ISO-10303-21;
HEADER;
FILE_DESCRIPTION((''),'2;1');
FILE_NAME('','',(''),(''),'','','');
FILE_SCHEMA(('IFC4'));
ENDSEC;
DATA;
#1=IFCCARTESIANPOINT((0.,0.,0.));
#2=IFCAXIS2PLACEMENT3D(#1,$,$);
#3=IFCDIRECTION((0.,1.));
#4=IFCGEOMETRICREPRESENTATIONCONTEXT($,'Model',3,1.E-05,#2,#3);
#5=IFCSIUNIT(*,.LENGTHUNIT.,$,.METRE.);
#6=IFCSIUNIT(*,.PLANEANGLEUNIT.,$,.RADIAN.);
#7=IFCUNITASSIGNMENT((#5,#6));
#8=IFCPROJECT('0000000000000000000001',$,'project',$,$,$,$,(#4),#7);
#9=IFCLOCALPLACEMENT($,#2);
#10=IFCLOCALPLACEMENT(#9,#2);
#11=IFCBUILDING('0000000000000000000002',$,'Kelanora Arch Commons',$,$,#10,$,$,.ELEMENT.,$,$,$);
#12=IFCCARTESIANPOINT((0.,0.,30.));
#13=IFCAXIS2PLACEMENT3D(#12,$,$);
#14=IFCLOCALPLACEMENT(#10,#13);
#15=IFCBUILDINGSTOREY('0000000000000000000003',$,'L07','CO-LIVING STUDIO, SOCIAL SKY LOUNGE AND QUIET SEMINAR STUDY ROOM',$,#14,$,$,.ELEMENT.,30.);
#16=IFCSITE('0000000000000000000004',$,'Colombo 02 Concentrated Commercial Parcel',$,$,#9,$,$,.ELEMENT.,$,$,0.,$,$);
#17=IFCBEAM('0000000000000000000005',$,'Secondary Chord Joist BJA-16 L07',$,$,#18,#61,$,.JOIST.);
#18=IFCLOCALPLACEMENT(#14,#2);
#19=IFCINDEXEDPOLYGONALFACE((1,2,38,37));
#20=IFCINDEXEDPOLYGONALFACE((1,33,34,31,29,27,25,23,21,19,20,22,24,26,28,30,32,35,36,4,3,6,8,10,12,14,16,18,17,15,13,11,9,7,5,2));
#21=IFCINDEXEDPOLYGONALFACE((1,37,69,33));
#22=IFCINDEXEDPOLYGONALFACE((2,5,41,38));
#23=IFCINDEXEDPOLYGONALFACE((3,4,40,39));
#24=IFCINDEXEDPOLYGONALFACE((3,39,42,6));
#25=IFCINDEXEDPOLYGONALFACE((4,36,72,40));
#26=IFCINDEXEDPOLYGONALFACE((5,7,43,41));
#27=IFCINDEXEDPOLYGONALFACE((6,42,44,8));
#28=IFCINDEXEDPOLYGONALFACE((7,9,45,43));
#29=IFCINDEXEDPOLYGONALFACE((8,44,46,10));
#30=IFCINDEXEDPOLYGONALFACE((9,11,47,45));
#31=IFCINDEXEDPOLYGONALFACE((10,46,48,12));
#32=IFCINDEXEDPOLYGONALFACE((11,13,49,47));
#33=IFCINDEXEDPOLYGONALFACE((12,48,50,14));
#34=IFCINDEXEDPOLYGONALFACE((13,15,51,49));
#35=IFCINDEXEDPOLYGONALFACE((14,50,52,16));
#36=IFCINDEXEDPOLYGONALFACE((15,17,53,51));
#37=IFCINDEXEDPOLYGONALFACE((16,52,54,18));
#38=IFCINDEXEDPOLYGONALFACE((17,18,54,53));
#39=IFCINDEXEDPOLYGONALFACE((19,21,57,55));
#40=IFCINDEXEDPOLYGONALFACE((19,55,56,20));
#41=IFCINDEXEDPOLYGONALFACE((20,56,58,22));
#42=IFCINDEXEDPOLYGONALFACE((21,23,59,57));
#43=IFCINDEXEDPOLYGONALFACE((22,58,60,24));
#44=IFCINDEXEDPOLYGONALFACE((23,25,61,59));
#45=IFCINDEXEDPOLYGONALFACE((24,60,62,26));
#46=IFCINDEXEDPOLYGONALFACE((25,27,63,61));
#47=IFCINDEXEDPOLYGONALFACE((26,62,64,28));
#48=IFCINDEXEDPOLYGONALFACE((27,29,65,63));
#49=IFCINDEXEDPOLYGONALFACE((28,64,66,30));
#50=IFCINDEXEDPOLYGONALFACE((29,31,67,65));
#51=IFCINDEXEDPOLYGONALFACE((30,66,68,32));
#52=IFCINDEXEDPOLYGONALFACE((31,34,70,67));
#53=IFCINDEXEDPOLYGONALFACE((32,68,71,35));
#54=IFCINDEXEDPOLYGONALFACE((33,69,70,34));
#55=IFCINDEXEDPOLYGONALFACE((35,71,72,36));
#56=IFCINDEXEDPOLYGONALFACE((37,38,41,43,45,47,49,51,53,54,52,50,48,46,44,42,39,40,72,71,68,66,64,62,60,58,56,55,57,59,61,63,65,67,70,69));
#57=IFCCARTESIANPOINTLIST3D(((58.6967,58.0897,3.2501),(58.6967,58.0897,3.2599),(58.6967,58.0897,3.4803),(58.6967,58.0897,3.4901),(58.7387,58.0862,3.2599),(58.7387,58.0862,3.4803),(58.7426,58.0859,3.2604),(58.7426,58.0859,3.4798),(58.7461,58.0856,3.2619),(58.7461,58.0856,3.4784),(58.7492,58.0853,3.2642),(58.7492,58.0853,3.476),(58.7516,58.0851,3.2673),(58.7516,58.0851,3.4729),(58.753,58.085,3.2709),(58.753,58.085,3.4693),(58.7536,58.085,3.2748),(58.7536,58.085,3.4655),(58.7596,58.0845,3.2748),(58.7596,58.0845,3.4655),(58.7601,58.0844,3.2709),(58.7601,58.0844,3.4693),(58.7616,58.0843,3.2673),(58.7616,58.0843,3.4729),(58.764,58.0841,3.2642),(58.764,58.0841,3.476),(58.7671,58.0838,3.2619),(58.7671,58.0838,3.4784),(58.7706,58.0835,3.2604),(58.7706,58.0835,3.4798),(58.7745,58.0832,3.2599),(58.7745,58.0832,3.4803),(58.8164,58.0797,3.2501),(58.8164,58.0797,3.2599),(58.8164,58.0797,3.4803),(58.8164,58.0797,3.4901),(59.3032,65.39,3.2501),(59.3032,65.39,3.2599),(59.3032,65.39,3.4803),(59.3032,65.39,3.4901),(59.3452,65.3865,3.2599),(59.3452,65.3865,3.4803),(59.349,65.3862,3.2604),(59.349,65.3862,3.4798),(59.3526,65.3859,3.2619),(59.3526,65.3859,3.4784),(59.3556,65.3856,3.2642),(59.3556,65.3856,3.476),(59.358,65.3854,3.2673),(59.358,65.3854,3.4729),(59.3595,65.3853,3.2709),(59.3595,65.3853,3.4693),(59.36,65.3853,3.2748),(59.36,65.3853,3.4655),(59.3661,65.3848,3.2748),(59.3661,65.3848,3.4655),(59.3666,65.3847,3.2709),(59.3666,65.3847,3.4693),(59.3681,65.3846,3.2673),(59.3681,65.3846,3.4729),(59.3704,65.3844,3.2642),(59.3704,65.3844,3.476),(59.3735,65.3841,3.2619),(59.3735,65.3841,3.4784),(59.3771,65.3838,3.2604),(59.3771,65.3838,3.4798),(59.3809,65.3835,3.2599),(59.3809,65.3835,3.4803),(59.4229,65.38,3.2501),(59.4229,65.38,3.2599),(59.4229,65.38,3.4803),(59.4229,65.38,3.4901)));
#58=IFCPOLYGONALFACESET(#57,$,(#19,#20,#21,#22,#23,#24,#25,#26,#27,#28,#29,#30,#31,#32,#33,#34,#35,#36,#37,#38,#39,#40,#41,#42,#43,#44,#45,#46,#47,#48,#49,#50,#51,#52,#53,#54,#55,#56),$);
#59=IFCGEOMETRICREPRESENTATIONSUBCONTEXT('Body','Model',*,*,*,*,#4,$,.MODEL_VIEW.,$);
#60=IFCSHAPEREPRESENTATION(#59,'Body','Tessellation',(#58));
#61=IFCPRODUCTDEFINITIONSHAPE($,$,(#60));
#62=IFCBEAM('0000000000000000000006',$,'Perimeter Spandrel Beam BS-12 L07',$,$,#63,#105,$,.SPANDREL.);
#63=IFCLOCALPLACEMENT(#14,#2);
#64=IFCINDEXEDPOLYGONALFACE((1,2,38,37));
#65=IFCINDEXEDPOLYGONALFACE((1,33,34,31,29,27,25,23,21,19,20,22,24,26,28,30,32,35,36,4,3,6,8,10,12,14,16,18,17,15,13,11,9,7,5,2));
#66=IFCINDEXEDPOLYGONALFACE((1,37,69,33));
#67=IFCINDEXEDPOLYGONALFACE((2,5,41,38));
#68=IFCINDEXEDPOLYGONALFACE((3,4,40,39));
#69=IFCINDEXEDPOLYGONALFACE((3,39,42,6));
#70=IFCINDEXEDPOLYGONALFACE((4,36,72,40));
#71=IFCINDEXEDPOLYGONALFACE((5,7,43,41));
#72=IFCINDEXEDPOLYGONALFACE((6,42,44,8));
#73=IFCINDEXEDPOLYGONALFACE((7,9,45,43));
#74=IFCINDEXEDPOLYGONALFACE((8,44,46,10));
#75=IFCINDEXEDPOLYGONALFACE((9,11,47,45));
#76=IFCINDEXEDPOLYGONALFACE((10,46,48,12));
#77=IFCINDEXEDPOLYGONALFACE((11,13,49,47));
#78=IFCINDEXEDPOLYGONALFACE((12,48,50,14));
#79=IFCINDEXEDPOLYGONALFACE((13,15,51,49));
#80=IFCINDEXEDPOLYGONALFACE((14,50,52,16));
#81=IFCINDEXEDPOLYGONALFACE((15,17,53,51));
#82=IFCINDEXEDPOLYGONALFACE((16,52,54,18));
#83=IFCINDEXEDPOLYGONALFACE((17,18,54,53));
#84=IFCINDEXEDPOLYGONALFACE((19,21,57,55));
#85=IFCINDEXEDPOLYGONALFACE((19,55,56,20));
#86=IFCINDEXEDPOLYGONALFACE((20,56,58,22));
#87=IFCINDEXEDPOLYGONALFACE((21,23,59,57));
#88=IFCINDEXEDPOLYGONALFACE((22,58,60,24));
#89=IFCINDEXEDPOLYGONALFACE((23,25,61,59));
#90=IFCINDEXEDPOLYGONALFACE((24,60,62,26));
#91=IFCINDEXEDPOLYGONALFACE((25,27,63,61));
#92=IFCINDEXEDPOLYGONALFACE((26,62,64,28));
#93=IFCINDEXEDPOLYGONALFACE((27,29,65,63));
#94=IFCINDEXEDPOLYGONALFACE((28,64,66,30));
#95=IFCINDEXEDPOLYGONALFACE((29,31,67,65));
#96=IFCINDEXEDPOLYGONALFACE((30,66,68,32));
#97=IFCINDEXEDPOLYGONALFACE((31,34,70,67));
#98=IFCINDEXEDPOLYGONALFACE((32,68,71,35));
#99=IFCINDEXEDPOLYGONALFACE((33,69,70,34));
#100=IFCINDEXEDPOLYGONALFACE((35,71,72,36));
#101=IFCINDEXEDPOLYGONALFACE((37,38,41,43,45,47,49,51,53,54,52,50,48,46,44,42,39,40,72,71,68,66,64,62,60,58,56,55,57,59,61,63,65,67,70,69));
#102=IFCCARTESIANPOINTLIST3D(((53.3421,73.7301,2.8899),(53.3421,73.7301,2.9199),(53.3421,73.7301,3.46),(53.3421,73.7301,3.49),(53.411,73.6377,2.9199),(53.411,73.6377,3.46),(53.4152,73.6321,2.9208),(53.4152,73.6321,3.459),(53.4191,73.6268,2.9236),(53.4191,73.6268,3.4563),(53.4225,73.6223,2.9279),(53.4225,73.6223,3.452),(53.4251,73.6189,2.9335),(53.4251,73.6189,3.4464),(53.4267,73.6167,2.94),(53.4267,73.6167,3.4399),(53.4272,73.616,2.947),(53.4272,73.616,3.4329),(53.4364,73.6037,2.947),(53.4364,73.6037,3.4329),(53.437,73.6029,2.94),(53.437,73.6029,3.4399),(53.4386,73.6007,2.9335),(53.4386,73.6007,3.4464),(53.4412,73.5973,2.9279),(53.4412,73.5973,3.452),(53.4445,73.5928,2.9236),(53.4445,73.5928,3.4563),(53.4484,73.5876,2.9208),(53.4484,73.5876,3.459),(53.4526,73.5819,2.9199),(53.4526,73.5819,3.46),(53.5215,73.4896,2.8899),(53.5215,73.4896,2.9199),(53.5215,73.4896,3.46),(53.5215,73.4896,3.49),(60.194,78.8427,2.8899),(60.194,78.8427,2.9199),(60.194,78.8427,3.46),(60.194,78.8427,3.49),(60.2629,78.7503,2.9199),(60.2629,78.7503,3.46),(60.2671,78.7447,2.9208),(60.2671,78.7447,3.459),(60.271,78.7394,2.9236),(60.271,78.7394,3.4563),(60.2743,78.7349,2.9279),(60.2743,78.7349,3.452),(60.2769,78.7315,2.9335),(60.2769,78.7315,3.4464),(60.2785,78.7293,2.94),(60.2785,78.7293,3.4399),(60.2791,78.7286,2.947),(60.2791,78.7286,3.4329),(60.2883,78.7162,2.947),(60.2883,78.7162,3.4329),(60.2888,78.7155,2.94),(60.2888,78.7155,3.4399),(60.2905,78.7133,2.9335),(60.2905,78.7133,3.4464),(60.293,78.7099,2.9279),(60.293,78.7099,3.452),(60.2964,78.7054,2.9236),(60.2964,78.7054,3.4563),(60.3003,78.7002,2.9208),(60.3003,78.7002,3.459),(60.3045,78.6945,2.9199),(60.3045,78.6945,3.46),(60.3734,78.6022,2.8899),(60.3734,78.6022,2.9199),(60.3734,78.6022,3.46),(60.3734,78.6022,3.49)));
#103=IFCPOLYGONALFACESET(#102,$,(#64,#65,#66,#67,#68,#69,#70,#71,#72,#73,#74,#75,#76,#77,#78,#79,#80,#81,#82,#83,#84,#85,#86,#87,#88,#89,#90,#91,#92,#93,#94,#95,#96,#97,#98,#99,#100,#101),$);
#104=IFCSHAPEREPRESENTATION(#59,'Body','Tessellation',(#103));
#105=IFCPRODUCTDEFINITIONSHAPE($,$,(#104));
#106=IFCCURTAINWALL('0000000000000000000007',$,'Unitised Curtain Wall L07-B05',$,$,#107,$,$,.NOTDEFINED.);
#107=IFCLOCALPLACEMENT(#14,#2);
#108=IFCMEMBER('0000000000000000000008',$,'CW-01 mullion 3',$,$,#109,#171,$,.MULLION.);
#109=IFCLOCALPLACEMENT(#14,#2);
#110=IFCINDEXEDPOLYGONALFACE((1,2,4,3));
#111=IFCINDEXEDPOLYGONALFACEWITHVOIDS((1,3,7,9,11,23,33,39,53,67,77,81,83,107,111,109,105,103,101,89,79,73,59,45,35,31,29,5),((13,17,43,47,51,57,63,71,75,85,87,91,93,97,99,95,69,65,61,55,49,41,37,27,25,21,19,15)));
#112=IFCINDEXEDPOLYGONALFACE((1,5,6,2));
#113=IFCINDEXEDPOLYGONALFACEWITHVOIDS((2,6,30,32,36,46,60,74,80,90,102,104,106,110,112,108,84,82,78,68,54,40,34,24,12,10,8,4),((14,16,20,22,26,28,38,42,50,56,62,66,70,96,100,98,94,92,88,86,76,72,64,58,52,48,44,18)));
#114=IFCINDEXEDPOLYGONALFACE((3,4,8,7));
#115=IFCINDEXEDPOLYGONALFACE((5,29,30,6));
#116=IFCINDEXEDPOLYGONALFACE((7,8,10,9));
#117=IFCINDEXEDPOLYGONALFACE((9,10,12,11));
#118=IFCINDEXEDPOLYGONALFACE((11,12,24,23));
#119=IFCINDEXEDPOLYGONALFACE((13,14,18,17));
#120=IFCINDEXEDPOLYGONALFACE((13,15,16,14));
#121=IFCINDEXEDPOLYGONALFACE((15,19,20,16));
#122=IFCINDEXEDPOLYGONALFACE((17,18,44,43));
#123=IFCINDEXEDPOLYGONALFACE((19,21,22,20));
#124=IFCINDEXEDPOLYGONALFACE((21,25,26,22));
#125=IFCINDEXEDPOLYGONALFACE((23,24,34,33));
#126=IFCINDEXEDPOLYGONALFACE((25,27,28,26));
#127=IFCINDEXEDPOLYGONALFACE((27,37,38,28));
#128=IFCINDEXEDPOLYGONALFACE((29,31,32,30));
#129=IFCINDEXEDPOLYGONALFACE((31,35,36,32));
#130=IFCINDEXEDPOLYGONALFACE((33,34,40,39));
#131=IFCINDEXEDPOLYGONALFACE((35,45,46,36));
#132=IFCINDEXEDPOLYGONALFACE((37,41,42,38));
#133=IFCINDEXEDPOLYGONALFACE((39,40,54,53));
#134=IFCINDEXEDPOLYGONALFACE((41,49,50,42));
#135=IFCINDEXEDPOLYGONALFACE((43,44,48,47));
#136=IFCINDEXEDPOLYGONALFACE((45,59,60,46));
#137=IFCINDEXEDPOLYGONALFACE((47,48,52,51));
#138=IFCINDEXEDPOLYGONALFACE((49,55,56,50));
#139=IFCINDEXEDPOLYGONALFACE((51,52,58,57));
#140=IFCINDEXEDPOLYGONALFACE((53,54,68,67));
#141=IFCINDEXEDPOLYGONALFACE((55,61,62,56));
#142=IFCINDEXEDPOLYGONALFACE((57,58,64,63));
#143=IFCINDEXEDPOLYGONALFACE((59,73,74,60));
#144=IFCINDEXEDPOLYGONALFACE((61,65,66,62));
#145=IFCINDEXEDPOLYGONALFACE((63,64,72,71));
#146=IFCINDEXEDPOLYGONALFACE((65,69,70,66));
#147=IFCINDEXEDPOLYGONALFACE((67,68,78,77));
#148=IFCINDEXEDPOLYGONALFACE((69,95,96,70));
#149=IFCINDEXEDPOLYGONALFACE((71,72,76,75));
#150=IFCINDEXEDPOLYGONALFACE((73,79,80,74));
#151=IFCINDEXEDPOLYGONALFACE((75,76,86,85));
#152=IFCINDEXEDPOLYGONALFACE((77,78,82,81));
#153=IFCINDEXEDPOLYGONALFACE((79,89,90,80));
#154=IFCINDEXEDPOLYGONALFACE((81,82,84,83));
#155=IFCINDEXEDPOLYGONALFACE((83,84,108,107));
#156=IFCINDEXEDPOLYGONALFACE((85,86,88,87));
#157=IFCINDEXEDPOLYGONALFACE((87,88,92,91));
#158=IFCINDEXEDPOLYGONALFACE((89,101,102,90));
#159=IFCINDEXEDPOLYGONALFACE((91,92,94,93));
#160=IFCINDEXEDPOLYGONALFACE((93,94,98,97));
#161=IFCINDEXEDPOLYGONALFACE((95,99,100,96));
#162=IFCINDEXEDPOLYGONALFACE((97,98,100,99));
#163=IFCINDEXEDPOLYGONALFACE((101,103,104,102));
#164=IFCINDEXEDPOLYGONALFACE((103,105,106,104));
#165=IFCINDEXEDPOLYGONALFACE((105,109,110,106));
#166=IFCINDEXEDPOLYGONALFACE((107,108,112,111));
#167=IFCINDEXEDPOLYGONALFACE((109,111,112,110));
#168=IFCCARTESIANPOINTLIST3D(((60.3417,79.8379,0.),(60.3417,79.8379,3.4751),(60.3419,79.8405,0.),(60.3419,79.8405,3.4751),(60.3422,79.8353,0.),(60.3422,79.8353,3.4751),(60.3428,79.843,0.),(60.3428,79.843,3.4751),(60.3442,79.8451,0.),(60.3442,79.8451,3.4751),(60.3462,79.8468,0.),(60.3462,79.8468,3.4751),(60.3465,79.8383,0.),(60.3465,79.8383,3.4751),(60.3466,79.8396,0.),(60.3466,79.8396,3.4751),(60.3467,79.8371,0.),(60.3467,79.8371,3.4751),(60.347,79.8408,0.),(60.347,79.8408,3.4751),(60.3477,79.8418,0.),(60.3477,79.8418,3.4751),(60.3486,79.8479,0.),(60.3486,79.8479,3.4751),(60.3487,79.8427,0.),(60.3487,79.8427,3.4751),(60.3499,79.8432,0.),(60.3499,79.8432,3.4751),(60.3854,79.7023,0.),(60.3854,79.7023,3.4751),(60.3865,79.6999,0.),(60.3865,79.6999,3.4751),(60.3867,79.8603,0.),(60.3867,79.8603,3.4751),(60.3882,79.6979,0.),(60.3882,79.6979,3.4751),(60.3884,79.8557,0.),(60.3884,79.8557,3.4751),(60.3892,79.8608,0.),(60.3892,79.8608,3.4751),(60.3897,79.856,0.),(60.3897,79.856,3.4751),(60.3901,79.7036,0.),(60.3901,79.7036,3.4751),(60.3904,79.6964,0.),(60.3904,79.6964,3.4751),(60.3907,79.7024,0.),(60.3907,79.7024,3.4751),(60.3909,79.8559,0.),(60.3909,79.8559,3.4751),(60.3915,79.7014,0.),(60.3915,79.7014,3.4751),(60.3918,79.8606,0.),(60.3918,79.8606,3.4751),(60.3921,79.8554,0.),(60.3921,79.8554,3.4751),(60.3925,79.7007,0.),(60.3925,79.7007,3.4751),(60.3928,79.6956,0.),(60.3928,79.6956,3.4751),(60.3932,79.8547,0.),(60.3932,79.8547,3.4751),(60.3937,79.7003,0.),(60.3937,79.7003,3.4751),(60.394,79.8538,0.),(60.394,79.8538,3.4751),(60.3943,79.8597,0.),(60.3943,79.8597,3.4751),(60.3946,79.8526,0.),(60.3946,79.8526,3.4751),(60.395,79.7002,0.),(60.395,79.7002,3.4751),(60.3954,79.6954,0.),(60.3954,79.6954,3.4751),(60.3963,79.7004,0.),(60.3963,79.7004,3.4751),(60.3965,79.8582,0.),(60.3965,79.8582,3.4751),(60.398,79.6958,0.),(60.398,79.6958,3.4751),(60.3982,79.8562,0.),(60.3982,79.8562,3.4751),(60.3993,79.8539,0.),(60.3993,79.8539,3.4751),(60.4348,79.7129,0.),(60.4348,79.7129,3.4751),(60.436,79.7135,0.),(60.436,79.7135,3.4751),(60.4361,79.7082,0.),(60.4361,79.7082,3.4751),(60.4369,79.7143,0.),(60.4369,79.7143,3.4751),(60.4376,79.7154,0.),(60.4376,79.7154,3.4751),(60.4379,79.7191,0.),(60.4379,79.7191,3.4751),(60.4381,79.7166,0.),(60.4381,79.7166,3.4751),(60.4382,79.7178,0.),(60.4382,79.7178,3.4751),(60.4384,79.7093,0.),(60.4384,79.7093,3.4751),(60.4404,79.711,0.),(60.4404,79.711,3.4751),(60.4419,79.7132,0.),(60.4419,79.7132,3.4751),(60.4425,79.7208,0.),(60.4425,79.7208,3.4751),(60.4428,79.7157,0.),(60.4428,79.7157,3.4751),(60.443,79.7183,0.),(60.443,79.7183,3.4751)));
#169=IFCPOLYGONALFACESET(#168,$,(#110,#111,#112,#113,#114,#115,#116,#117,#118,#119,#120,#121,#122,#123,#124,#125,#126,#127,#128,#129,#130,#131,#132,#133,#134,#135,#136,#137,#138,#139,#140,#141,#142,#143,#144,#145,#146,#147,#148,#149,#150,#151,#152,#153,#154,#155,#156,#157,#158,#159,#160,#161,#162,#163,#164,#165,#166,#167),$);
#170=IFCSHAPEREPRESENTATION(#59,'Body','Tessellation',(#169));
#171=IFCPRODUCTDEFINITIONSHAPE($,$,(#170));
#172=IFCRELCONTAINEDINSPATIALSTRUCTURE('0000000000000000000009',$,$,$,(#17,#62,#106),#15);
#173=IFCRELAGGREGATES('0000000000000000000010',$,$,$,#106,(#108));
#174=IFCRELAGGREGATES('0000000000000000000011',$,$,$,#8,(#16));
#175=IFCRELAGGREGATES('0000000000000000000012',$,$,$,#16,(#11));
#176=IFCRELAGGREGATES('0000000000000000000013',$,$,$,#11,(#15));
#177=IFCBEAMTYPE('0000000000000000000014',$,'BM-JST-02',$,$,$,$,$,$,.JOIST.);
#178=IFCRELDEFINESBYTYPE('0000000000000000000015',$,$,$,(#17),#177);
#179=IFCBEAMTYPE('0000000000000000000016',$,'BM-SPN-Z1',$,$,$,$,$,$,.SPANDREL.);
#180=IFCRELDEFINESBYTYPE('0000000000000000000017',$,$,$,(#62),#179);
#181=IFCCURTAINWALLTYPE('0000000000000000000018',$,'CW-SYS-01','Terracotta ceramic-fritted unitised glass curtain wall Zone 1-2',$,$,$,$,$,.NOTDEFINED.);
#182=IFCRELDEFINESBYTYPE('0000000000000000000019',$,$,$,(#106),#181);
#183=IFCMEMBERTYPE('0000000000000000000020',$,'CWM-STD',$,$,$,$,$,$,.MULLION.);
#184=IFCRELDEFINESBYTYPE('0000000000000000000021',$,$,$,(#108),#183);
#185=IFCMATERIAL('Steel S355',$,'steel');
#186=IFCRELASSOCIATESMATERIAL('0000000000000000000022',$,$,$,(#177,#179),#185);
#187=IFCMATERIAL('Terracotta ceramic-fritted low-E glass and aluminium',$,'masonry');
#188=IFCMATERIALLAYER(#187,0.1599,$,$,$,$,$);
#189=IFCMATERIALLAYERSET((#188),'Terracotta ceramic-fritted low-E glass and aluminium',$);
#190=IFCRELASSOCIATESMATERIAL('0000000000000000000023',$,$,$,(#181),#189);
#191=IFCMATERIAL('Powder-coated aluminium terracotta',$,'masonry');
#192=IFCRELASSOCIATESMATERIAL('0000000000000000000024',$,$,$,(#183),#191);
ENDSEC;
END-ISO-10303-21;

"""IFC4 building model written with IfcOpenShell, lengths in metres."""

from ifc_helpers import new_model, si_unit, direction, frame, origin, origin_2d, place, context, subcontext, project, spatial, hollow_rectangle, i_section, extrude, material, layer, layer_set, material_profile, profile_set, type_object, element, aggregate, save


model = new_model("IFC4")

# Units and contexts
model_context = context("Model", 3, precision=1e-05, world=origin(), true_north=direction((0.0, 1.0)))
body_context = subcontext(model_context, "Body", "Model", "MODEL_VIEW")
ifc_project = project(units=[si_unit("LENGTHUNIT", "METRE"), si_unit("PLANEANGLEUNIT", "RADIAN")], contexts=[model_context])

# Site, building, storey
site_placement = place(None, origin())
site = spatial("IfcSite", under=ifc_project, at=site_placement, Name="Colombo 02 Concentrated Commercial Parcel", CompositionType="ELEMENT", RefElevation=0.0)
building_placement = place(site_placement, origin())
building = spatial("IfcBuilding", under=site, at=building_placement, Name="Kelanora Arch Commons", CompositionType="ELEMENT")
storey_placement = place(building_placement, frame((0.0, 0.0, 30.0)))
storey = spatial("IfcBuildingStorey", under=building, at=storey_placement, Name="L07", Description="CO-LIVING STUDIO, SOCIAL SKY LOUNGE AND QUIET SEMINAR STUDY ROOM", CompositionType="ELEMENT", Elevation=30.0)

# Beams
ifc_material_1 = material(Name="Steel S355", Category="steel")
ifc_material_profile_1 = material_profile(ifc_material_1, i_section(OverallWidth=0.1201, OverallDepth=0.24, WebThickness=0.0061, FlangeThickness=0.0098, FilletRadius=0.0149, at=origin_2d()), Name="IPE240")
ifc_profile_set_1 = profile_set([ifc_material_profile_1], Name="Steel S355")
beam_type_1 = type_object("IfcBeamType", Name="BM-JST-02", PredefinedType="JOIST", material=ifc_profile_set_1)
beam_1_placement = place(storey_placement, frame((59.363, 65.385, 3.3701), z_axis=(-0.082786, -0.996567, 0.0), x_axis=(0.996567, -0.082786, 0.0)))
element("IfcBeam", 1, at=beam_1_placement, inside=storey, type_object=beam_type_1, Name="Secondary Chord Joist BJA-16 L07", PredefinedType="JOIST", context=body_context, shape_type="SweptSolid", body=[
    extrude(i_section(OverallWidth=0.1201, OverallDepth=0.24, WebThickness=0.0061, FlangeThickness=0.0098, FilletRadius=0.0149, at=origin_2d()), origin(), (0.0, 0.0, 1.0), 7.3254),
])
ifc_material_profile_2 = material_profile(ifc_material_1, i_section(OverallWidth=0.3, OverallDepth=0.6001, WebThickness=0.0154, FlangeThickness=0.03, FilletRadius=0.0271, at=origin_2d()), Name="HEB600")
ifc_profile_set_2 = profile_set([ifc_material_profile_2], Name="Steel S355")
beam_type_2 = type_object("IfcBeamType", Name="BM-SPN-Z1", PredefinedType="SPANDREL", material=ifc_profile_set_2)
beam_2_placement = place(storey_placement, frame((60.2837, 78.7224, 3.1899), z_axis=(-0.801475, -0.598029, 0.0), x_axis=(0.598029, -0.801475, 0.0)))
element("IfcBeam", 2, at=beam_2_placement, inside=storey, type_object=beam_type_2, Name="Perimeter Spandrel Beam BS-12 L07", PredefinedType="SPANDREL", context=body_context, shape_type="SweptSolid", body=[
    extrude(i_section(OverallWidth=0.3, OverallDepth=0.6001, WebThickness=0.0154, FlangeThickness=0.03, FilletRadius=0.0271, at=origin_2d()), origin(), (0.0, 0.0, 1.0), 8.5491),
])

# Curtain wall, member
ifc_material_2 = material(Name="Terracotta ceramic-fritted low-E glass and aluminium", Category="masonry")
ifc_layer_1 = layer(ifc_material_2, 0.1599)
ifc_layer_set_1 = layer_set([ifc_layer_1], Name="Terracotta ceramic-fritted low-E glass and aluminium")
curtain_wall_type = type_object("IfcCurtainWallType", Name="CW-SYS-01", Description="Terracotta ceramic-fritted unitised glass curtain wall Zone 1-2", PredefinedType="NOTDEFINED", material=ifc_layer_set_1)
curtain_wall_placement = place(storey_placement, origin())
curtain_wall = element("IfcCurtainWall", 3, at=curtain_wall_placement, inside=storey, type_object=curtain_wall_type, Name="Unitised Curtain Wall L07-B05", PredefinedType="NOTDEFINED")
ifc_material_3 = material(Name="Powder-coated aluminium terracotta", Category="masonry")
ifc_material_profile_3 = material_profile(ifc_material_3, hollow_rectangle(XDim=0.1599, YDim=0.0601, WallThickness=0.0049, InnerFilletRadius=0.0049, OuterFilletRadius=0.01, at=origin_2d()), Name="CWM160x60")
ifc_profile_set_3 = profile_set([ifc_material_profile_3], Name="Powder-coated aluminium terracotta")
member_type_1 = type_object("IfcMemberType", Name="CWM-STD", PredefinedType="MULLION", material=ifc_profile_set_3)
member_1_placement = place(storey_placement, frame((60.3923, 79.7781, 0.0), z_axis=(0.0, 0.0, 1.0), x_axis=(0.309058, -0.951043, 0.0)))
member_1 = element("IfcMember", 4, at=member_1_placement, type_object=member_type_1, Name="CW-01 mullion 3", PredefinedType="MULLION", context=body_context, shape_type="SweptSolid", body=[
    extrude(hollow_rectangle(XDim=0.1599, YDim=0.0601, WallThickness=0.0049, InnerFilletRadius=0.0049, OuterFilletRadius=0.01, at=origin_2d()), origin(), (0.0, 0.0, 1.0), 3.4751),
])
aggregate(curtain_wall, [member_1])

save(model, "model.ifc")
